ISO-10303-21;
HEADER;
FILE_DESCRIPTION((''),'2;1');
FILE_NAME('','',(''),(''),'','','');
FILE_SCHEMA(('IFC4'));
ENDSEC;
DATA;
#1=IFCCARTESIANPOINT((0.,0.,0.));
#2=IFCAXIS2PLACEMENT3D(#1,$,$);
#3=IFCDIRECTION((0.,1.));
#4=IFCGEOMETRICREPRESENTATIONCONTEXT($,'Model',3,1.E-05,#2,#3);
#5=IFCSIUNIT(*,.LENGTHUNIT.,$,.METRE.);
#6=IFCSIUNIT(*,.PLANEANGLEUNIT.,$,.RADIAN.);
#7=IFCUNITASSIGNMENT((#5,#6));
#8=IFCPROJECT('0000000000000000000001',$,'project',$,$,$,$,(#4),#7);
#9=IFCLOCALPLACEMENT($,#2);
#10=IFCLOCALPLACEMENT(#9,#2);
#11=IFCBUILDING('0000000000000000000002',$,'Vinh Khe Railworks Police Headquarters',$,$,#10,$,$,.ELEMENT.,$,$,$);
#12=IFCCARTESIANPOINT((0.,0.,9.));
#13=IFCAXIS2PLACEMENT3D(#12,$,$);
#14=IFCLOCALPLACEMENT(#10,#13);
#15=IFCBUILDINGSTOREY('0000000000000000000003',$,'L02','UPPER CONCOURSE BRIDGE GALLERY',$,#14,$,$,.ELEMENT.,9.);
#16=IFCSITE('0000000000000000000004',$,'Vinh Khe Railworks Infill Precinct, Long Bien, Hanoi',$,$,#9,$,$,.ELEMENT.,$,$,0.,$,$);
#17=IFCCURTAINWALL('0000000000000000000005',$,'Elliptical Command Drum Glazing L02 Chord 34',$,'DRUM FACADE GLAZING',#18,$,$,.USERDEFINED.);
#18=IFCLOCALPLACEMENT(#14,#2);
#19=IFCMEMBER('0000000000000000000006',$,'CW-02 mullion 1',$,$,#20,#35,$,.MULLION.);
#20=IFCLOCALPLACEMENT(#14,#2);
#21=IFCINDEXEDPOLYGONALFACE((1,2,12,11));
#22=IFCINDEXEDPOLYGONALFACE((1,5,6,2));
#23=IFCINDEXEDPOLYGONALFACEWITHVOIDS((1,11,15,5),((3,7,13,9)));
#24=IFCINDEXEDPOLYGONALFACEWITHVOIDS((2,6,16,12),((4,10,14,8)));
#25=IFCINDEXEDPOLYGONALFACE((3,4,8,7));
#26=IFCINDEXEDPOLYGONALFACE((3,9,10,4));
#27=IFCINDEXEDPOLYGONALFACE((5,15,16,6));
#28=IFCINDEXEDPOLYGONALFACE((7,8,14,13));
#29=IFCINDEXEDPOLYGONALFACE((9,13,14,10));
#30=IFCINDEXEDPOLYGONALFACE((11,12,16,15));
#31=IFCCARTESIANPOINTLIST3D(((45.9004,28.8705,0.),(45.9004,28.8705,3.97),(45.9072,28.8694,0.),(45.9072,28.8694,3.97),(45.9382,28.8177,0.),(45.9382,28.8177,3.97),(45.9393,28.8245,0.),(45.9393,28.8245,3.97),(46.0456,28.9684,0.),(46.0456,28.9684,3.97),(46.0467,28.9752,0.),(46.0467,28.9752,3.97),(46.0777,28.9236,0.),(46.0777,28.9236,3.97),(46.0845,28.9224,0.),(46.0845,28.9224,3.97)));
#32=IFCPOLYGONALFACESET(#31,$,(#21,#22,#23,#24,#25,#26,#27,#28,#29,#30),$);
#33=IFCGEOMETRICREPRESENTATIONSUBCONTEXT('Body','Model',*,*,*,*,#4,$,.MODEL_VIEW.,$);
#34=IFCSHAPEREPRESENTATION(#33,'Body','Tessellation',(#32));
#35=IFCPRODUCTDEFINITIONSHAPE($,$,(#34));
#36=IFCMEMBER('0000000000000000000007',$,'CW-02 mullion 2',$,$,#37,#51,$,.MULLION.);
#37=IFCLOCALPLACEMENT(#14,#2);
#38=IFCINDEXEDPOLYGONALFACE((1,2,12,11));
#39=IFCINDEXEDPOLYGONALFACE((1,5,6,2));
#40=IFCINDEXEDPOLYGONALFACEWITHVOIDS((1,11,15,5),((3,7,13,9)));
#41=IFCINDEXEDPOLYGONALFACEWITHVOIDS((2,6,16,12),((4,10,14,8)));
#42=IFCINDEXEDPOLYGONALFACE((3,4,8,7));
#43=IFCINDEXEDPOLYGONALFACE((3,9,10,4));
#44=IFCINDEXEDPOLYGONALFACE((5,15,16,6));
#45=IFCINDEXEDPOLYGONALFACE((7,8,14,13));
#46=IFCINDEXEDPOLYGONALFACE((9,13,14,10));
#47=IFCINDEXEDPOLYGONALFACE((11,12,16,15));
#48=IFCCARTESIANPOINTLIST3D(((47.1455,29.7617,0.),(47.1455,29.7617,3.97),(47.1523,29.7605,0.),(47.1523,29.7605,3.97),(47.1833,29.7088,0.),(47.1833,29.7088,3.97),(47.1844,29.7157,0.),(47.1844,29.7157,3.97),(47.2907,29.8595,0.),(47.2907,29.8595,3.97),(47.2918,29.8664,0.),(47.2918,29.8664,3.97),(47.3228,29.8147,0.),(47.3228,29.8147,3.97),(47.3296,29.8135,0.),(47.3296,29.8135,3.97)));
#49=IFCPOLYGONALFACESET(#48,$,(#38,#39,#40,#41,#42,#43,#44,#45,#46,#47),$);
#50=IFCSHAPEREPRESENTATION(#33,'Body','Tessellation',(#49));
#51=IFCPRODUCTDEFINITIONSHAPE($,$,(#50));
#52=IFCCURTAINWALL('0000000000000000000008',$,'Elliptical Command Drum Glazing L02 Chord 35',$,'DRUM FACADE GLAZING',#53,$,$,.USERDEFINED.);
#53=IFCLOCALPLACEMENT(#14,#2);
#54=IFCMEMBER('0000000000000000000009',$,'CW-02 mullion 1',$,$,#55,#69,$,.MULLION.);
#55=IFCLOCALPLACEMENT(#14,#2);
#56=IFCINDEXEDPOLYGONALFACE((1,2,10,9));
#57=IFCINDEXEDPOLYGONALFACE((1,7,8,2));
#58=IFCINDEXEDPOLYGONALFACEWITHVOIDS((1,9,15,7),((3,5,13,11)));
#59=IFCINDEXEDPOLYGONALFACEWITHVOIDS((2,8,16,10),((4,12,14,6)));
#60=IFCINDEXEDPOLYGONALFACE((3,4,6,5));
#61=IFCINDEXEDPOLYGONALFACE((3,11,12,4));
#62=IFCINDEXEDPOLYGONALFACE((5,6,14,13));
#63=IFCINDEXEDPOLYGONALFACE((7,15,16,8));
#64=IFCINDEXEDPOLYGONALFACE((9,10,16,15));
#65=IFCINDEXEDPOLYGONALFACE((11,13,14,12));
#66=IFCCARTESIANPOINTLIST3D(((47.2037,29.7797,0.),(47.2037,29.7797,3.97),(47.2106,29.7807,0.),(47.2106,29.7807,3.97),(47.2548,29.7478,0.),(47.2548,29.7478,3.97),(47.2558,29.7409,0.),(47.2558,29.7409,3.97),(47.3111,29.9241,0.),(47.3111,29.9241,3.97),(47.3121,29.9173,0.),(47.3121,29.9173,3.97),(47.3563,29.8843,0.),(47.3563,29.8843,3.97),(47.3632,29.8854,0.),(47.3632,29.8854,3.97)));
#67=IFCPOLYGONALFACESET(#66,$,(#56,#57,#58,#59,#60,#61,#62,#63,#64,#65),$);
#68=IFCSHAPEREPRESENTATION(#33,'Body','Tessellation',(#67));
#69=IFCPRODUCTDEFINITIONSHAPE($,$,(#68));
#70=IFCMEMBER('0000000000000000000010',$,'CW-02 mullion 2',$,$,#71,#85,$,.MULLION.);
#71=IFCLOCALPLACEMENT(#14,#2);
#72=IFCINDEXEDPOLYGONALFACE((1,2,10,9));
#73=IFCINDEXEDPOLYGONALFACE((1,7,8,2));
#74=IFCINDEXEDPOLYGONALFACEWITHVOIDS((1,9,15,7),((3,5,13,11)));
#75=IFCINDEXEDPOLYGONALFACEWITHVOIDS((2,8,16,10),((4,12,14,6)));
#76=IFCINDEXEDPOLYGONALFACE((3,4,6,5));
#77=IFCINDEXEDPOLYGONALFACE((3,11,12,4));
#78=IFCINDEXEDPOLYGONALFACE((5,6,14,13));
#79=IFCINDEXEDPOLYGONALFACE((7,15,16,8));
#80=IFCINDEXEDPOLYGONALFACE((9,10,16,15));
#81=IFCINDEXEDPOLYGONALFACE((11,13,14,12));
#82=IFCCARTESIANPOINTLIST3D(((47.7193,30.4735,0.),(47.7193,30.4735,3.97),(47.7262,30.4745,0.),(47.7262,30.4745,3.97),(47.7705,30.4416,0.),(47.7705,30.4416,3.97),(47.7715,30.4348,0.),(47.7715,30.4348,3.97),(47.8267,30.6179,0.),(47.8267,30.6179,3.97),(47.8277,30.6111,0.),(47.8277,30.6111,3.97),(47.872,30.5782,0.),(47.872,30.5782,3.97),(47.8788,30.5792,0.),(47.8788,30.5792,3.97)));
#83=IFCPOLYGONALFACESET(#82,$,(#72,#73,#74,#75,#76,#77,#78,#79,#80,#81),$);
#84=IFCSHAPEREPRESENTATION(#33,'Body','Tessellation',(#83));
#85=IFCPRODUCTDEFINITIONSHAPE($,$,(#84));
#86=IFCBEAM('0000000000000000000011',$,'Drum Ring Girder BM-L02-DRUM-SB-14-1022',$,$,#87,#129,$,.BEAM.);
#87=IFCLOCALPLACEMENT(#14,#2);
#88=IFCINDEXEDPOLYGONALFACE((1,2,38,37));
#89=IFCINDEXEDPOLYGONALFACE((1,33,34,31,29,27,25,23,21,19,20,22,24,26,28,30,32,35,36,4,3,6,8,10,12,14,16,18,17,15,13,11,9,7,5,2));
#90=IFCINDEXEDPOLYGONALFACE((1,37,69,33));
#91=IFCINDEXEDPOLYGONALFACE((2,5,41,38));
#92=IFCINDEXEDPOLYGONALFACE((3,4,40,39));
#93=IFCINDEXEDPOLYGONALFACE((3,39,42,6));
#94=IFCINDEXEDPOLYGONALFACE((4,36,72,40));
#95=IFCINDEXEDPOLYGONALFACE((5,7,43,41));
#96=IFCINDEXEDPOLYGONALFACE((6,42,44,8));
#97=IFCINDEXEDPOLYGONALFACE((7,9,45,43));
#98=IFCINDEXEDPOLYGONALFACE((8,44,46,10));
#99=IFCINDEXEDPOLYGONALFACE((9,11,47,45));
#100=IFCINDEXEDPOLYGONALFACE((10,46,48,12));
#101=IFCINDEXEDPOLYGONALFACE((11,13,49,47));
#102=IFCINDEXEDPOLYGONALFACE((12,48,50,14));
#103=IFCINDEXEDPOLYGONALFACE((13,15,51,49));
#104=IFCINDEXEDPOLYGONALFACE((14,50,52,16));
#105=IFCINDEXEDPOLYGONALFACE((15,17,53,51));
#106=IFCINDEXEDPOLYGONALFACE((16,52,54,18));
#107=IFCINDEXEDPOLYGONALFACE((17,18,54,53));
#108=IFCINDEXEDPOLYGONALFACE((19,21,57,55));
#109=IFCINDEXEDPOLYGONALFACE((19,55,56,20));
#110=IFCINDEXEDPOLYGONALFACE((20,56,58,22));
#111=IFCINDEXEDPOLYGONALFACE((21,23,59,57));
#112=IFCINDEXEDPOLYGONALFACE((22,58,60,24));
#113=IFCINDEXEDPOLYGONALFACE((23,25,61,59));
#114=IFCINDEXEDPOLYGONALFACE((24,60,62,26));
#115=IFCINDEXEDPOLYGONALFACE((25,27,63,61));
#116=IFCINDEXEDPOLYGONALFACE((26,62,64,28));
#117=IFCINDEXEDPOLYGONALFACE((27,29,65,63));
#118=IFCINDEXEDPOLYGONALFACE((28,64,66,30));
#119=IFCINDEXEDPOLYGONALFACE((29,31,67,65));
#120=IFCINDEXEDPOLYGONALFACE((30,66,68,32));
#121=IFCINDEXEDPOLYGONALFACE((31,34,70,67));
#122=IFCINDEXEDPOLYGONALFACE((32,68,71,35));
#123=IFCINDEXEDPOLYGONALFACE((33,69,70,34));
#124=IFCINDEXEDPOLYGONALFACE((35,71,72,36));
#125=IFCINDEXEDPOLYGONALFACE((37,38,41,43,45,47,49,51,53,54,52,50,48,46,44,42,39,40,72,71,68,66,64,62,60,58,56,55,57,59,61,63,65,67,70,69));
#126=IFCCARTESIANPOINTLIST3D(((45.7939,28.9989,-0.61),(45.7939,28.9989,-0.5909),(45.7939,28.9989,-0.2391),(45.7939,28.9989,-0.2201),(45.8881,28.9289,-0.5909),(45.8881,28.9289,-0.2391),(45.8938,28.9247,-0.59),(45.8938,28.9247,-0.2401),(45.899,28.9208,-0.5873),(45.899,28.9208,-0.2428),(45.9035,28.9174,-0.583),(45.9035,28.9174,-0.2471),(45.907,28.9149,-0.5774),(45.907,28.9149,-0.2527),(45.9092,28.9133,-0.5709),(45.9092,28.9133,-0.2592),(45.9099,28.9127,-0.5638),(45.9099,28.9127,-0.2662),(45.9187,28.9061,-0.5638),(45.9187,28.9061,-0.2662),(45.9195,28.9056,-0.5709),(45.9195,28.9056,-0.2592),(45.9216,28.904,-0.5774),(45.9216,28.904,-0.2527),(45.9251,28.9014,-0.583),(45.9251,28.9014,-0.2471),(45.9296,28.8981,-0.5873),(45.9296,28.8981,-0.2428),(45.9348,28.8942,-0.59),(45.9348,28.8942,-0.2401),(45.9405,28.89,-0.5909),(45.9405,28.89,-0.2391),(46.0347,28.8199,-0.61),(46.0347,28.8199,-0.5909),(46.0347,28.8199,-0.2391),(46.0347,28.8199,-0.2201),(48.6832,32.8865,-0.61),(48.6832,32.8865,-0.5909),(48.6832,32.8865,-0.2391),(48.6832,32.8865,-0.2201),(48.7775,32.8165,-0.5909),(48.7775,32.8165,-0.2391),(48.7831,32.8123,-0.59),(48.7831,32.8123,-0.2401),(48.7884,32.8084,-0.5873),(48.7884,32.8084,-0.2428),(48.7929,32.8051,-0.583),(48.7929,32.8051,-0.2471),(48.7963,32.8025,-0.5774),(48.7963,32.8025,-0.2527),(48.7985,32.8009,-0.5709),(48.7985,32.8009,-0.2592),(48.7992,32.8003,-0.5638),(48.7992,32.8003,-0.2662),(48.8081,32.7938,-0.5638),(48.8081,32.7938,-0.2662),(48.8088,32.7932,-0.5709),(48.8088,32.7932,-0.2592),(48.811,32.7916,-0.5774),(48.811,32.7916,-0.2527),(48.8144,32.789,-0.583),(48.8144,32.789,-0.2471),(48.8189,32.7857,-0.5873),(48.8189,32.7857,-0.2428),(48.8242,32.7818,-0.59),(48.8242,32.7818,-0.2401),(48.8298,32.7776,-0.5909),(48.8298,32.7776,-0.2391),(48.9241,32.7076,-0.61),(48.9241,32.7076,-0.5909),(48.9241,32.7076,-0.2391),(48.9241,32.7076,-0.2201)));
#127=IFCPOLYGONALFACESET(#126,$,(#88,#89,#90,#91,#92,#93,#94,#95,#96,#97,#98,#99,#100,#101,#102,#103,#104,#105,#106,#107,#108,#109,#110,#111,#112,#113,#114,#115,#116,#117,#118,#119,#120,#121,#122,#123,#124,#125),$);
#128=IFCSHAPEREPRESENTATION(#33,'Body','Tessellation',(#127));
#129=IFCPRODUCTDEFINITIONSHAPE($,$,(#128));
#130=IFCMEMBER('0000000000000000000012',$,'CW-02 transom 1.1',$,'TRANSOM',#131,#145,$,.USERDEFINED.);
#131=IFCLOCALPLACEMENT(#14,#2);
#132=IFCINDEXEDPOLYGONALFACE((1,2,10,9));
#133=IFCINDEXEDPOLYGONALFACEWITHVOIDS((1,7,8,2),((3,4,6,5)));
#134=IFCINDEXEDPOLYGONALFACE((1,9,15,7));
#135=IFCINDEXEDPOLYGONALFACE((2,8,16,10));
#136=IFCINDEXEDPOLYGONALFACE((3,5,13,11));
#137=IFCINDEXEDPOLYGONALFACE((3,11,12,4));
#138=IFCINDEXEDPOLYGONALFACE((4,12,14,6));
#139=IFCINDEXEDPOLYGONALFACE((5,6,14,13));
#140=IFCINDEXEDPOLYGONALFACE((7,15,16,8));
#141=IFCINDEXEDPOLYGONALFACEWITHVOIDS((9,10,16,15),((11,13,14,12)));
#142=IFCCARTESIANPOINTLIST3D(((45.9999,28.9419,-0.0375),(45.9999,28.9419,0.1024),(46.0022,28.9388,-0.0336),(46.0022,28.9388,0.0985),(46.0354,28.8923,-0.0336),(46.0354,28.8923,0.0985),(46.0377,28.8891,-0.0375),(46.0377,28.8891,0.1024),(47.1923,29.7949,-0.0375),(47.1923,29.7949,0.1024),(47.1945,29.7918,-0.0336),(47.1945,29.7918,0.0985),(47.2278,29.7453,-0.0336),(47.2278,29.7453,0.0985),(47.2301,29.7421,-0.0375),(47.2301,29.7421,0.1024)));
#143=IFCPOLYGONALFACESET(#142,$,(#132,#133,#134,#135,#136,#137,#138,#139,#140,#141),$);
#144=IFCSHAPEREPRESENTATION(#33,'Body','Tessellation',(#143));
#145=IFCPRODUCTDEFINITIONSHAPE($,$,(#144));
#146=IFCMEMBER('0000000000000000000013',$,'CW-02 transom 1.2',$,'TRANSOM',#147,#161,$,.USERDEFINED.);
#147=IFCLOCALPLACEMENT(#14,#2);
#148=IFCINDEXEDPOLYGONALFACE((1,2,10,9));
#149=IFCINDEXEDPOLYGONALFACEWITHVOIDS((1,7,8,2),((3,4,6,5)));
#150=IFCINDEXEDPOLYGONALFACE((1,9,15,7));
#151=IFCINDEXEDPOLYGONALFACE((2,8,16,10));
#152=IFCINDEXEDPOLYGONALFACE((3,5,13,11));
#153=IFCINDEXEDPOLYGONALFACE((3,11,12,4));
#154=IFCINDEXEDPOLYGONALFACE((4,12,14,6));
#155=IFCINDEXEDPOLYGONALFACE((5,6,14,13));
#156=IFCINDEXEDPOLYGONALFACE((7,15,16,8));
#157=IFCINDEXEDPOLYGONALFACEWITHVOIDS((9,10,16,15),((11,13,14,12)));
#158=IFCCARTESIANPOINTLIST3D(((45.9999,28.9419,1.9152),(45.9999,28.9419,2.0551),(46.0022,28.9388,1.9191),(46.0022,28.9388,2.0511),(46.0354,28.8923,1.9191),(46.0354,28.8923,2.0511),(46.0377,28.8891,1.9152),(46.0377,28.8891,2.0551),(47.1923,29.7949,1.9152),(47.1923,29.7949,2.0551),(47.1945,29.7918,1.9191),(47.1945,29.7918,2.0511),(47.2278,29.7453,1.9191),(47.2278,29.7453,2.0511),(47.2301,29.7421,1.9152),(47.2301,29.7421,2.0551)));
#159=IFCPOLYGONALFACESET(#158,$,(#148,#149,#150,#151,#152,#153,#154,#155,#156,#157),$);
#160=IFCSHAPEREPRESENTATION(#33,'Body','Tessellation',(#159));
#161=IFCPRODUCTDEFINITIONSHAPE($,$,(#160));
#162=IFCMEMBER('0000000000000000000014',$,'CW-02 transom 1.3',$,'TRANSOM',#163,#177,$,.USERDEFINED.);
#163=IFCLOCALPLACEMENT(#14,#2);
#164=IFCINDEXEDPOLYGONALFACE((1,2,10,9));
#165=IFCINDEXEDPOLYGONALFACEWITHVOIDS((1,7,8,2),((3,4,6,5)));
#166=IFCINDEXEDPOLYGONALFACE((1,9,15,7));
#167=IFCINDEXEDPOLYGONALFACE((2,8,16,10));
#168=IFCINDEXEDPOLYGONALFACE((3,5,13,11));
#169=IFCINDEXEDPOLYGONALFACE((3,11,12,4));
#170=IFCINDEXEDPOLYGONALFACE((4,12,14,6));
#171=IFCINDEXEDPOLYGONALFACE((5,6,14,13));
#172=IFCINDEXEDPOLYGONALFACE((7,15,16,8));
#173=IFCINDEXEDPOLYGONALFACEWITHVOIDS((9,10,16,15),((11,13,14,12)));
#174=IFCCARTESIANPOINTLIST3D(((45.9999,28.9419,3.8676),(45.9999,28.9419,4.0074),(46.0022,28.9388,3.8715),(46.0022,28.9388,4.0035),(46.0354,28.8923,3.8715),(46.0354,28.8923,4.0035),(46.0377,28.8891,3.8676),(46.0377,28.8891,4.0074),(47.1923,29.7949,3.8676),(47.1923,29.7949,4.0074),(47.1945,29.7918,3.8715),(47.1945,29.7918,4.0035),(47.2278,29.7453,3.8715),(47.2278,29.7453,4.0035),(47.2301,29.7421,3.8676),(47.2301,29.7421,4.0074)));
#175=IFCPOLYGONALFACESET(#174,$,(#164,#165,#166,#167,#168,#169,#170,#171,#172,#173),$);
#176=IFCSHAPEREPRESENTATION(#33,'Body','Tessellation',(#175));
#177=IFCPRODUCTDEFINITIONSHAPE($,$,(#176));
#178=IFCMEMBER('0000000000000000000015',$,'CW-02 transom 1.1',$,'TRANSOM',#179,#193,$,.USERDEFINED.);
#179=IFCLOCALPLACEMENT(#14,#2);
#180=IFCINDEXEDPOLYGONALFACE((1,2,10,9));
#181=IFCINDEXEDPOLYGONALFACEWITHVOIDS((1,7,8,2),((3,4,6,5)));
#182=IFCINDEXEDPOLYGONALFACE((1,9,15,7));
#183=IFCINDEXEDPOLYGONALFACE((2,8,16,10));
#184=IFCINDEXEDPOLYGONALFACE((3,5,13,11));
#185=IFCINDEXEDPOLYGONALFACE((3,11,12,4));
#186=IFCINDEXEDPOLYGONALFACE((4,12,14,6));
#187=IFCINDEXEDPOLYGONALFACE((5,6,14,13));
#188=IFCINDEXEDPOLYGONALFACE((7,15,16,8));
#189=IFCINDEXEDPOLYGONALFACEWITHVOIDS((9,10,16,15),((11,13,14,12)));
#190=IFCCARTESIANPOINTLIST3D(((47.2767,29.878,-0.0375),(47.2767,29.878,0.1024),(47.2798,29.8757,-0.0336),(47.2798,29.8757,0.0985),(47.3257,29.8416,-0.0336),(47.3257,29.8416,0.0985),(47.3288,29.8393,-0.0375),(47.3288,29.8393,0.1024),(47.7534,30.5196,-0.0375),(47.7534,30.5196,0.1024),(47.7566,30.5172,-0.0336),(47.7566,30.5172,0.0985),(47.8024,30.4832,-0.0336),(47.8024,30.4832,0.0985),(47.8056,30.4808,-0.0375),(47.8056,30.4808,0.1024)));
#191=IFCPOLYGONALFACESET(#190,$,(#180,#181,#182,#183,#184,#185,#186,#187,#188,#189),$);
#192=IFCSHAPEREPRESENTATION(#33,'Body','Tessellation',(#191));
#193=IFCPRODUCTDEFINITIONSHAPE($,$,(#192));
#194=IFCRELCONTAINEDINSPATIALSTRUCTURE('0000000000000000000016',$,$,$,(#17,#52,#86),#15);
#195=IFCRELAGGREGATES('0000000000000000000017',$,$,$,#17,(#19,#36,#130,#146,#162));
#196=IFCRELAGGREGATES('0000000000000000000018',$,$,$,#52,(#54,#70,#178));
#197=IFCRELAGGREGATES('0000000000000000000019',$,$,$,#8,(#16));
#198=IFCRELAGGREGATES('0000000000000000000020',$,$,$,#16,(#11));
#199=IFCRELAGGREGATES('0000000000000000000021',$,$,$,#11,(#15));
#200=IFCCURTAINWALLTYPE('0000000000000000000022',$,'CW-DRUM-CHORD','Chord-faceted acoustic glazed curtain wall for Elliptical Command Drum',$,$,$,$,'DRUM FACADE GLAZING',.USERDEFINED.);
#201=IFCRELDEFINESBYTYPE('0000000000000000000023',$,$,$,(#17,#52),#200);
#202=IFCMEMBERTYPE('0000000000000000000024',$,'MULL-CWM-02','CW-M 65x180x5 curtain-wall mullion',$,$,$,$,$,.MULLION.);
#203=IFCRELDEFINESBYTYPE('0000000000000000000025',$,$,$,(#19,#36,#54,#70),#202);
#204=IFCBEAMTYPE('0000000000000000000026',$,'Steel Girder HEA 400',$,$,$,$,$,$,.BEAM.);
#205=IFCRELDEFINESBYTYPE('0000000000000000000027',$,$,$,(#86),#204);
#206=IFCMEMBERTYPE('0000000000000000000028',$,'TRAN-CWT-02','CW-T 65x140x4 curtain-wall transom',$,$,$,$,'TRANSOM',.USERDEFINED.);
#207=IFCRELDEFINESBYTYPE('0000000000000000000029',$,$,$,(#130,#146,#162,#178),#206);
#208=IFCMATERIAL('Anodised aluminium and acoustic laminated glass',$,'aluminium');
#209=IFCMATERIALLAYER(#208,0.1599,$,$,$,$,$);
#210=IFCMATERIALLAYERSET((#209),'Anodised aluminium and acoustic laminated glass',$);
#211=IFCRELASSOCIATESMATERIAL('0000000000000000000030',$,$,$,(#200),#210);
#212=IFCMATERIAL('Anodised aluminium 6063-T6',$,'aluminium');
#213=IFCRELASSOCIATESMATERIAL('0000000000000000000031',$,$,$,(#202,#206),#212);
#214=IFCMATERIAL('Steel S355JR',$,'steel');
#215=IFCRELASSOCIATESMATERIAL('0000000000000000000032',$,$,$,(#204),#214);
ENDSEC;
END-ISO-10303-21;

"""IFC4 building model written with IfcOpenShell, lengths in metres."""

from ifc_helpers import new_model, si_unit, direction, frame, origin, origin_2d, place, context, subcontext, project, spatial, hollow_rectangle, i_section, extrude, material, layer, layer_set, material_profile, profile_set, type_object, element, aggregate, save


model = new_model("IFC4")

# Units and contexts
model_context = context("Model", 3, precision=1e-05, world=origin(), true_north=direction((0.0, 1.0)))
body_context = subcontext(model_context, "Body", "Model", "MODEL_VIEW")
ifc_project = project(units=[si_unit("LENGTHUNIT", "METRE"), si_unit("PLANEANGLEUNIT", "RADIAN")], contexts=[model_context])

# Site, building, storey
site_placement = place(None, origin())
site = spatial("IfcSite", under=ifc_project, at=site_placement, Name="Vinh Khe Railworks Infill Precinct, Long Bien, Hanoi", CompositionType="ELEMENT", RefElevation=0.0)
building_placement = place(site_placement, origin())
building = spatial("IfcBuilding", under=site, at=building_placement, Name="Vinh Khe Railworks Police Headquarters", CompositionType="ELEMENT")
storey_placement = place(building_placement, frame((0.0, 0.0, 9.0)))
storey = spatial("IfcBuildingStorey", under=building, at=storey_placement, Name="L02", Description="UPPER CONCOURSE BRIDGE GALLERY", CompositionType="ELEMENT", Elevation=9.0)

# Curtain walls, members
ifc_material_1 = material(Name="Anodised aluminium and acoustic laminated glass", Category="aluminium")
ifc_layer_1 = layer(ifc_material_1, 0.1599)
ifc_layer_set_1 = layer_set([ifc_layer_1], Name="Anodised aluminium and acoustic laminated glass")
curtain_wall_type = type_object("IfcCurtainWallType", Name="CW-DRUM-CHORD", Description="Chord-faceted acoustic glazed curtain wall for Elliptical Command Drum", ElementType="DRUM FACADE GLAZING", PredefinedType="USERDEFINED", material=ifc_layer_set_1)
curtain_wall_1_placement = place(storey_placement, origin())
curtain_wall_1 = element("IfcCurtainWall", 1, at=curtain_wall_1_placement, inside=storey, type_object=curtain_wall_type, Name="Elliptical Command Drum Glazing L02 Chord 34", ObjectType="DRUM FACADE GLAZING", PredefinedType="USERDEFINED")
ifc_material_2 = material(Name="Anodised aluminium 6063-T6", Category="aluminium")
ifc_material_profile_1 = material_profile(ifc_material_2, hollow_rectangle(XDim=0.0649, YDim=0.1799, WallThickness=0.0049, at=origin_2d()), Name="CW-M 65x180x5")
ifc_profile_set_1 = profile_set([ifc_material_profile_1], Name="Anodised aluminium 6063-T6")
member_type_1 = type_object("IfcMemberType", Name="MULL-CWM-02", Description="CW-M 65x180x5 curtain-wall mullion", PredefinedType="MULLION", material=ifc_profile_set_1)
member_1_placement = place(storey_placement, frame((45.9924, 28.8965, 0.0), z_axis=(0.0, 0.0, 1.0), x_axis=(-0.581915, 0.813249, 0.0)))
member_1 = element("IfcMember", 2, at=member_1_placement, type_object=member_type_1, Name="CW-02 mullion 1", PredefinedType="MULLION", context=body_context, shape_type="SweptSolid", body=[
    extrude(hollow_rectangle(XDim=0.0649, YDim=0.1799, WallThickness=0.0049, at=origin_2d()), origin(), (0.0, 0.0, 1.0), 3.97),
])
member_2_placement = place(storey_placement, frame((47.2375, 29.7876, 0.0), z_axis=(0.0, 0.0, 1.0), x_axis=(-0.581915, 0.813249, 0.0)))
member_2 = element("IfcMember", 3, at=member_2_placement, type_object=member_type_1, Name="CW-02 mullion 2", PredefinedType="MULLION", context=body_context, shape_type="SweptSolid", body=[
    extrude(hollow_rectangle(XDim=0.0649, YDim=0.1799, WallThickness=0.0049, at=origin_2d()), origin(), (0.0, 0.0, 1.0), 3.97),
])
curtain_wall_2_placement = place(storey_placement, origin())
curtain_wall_2 = element("IfcCurtainWall", 4, at=curtain_wall_2_placement, inside=storey, type_object=curtain_wall_type, Name="Elliptical Command Drum Glazing L02 Chord 35", ObjectType="DRUM FACADE GLAZING", PredefinedType="USERDEFINED")
member_3_placement = place(storey_placement, frame((47.2834, 29.8325, 0.0), z_axis=(0.0, 0.0, 1.0), x_axis=(-0.802592, 0.596528, 0.0)))
member_3 = element("IfcMember", 5, at=member_3_placement, type_object=member_type_1, Name="CW-02 mullion 1", PredefinedType="MULLION", context=body_context, shape_type="SweptSolid", body=[
    extrude(hollow_rectangle(XDim=0.0649, YDim=0.1799, WallThickness=0.0049, at=origin_2d()), origin(), (0.0, 0.0, 1.0), 3.97),
])
member_4_placement = place(storey_placement, frame((47.7991, 30.5264, 0.0), z_axis=(0.0, 0.0, 1.0), x_axis=(-0.802592, 0.596528, 0.0)))
member_4 = element("IfcMember", 6, at=member_4_placement, type_object=member_type_1, Name="CW-02 mullion 2", PredefinedType="MULLION", context=body_context, shape_type="SweptSolid", body=[
    extrude(hollow_rectangle(XDim=0.0649, YDim=0.1799, WallThickness=0.0049, at=origin_2d()), origin(), (0.0, 0.0, 1.0), 3.97),
])

# Beam
ifc_material_3 = material(Name="Steel S355JR", Category="steel")
ifc_material_profile_2 = material_profile(ifc_material_3, i_section(OverallWidth=0.3, OverallDepth=0.3899, WebThickness=0.011, FlangeThickness=0.019, FilletRadius=0.0271, at=origin_2d()), Name="HEA 400")
ifc_profile_set_2 = profile_set([ifc_material_profile_2], Name="Steel S355JR")
beam_type = type_object("IfcBeamType", Name="Steel Girder HEA 400", PredefinedType="BEAM", material=ifc_profile_set_2)
beam_placement = place(storey_placement, frame((45.9143, 28.9094, -0.415), z_axis=(0.596511, 0.802605, 0.0), x_axis=(-0.802605, 0.596511, 0.0)))
element("IfcBeam", 7, at=beam_placement, inside=storey, type_object=beam_type, Name="Drum Ring Girder BM-L02-DRUM-SB-14-1022", PredefinedType="BEAM", context=body_context, shape_type="SweptSolid", body=[
    extrude(i_section(OverallWidth=0.3, OverallDepth=0.3899, WebThickness=0.011, FlangeThickness=0.019, FilletRadius=0.0271, at=origin_2d()), origin(), (0.0, 0.0, 1.0), 4.8438),
])

# Members
ifc_material_profile_3 = material_profile(ifc_material_2, hollow_rectangle(XDim=0.0649, YDim=0.1399, WallThickness=0.0039, at=origin_2d()), Name="CW-T 65x140x4")
ifc_profile_set_3 = profile_set([ifc_material_profile_3], Name="Anodised aluminium 6063-T6")
member_type_2 = type_object("IfcMemberType", Name="TRAN-CWT-02", Description="CW-T 65x140x4 curtain-wall transom", ElementType="TRANSOM", PredefinedType="USERDEFINED", material=ifc_profile_set_3)
member_5_placement = place(storey_placement, frame((46.0188, 28.9155, 0.0325), z_axis=(0.813306, 0.581837, 0.0), x_axis=(-0.581837, 0.813306, 0.0)))
member_5 = element("IfcMember", 8, at=member_5_placement, type_object=member_type_2, Name="CW-02 transom 1.1", ObjectType="TRANSOM", PredefinedType="USERDEFINED", context=body_context, shape_type="SweptSolid", body=[
    extrude(hollow_rectangle(XDim=0.0649, YDim=0.1399, WallThickness=0.0039, at=origin_2d()), origin(), (0.0, 0.0, 1.0), 1.4661),
])
member_6_placement = place(storey_placement, frame((46.0188, 28.9155, 1.9851), z_axis=(0.813306, 0.581837, 0.0), x_axis=(-0.581837, 0.813306, 0.0)))
member_6 = element("IfcMember", 9, at=member_6_placement, type_object=member_type_2, Name="CW-02 transom 1.2", ObjectType="TRANSOM", PredefinedType="USERDEFINED", context=body_context, shape_type="SweptSolid", body=[
    extrude(hollow_rectangle(XDim=0.0649, YDim=0.1399, WallThickness=0.0039, at=origin_2d()), origin(), (0.0, 0.0, 1.0), 1.4661),
])
member_7_placement = place(storey_placement, frame((46.0188, 28.9155, 3.9375), z_axis=(0.813306, 0.581837, 0.0), x_axis=(-0.581837, 0.813306, 0.0)))
member_7 = element("IfcMember", 10, at=member_7_placement, type_object=member_type_2, Name="CW-02 transom 1.3", ObjectType="TRANSOM", PredefinedType="USERDEFINED", context=body_context, shape_type="SweptSolid", body=[
    extrude(hollow_rectangle(XDim=0.0649, YDim=0.1399, WallThickness=0.0039, at=origin_2d()), origin(), (0.0, 0.0, 1.0), 1.4661),
])
member_8_placement = place(storey_placement, frame((47.3027, 29.8586, 0.0325), z_axis=(0.596476, 0.802631, 0.0), x_axis=(-0.802631, 0.596476, 0.0)))
member_8 = element("IfcMember", 11, at=member_8_placement, type_object=member_type_2, Name="CW-02 transom 1.1", ObjectType="TRANSOM", PredefinedType="USERDEFINED", context=body_context, shape_type="SweptSolid", body=[
    extrude(hollow_rectangle(XDim=0.0649, YDim=0.1399, WallThickness=0.0039, at=origin_2d()), origin(), (0.0, 0.0, 1.0), 0.7993),
])

aggregate(curtain_wall_1, [member_1, member_2, member_5, member_6, member_7])
aggregate(curtain_wall_2, [member_3, member_4, member_8])

save(model, "model.ifc")
